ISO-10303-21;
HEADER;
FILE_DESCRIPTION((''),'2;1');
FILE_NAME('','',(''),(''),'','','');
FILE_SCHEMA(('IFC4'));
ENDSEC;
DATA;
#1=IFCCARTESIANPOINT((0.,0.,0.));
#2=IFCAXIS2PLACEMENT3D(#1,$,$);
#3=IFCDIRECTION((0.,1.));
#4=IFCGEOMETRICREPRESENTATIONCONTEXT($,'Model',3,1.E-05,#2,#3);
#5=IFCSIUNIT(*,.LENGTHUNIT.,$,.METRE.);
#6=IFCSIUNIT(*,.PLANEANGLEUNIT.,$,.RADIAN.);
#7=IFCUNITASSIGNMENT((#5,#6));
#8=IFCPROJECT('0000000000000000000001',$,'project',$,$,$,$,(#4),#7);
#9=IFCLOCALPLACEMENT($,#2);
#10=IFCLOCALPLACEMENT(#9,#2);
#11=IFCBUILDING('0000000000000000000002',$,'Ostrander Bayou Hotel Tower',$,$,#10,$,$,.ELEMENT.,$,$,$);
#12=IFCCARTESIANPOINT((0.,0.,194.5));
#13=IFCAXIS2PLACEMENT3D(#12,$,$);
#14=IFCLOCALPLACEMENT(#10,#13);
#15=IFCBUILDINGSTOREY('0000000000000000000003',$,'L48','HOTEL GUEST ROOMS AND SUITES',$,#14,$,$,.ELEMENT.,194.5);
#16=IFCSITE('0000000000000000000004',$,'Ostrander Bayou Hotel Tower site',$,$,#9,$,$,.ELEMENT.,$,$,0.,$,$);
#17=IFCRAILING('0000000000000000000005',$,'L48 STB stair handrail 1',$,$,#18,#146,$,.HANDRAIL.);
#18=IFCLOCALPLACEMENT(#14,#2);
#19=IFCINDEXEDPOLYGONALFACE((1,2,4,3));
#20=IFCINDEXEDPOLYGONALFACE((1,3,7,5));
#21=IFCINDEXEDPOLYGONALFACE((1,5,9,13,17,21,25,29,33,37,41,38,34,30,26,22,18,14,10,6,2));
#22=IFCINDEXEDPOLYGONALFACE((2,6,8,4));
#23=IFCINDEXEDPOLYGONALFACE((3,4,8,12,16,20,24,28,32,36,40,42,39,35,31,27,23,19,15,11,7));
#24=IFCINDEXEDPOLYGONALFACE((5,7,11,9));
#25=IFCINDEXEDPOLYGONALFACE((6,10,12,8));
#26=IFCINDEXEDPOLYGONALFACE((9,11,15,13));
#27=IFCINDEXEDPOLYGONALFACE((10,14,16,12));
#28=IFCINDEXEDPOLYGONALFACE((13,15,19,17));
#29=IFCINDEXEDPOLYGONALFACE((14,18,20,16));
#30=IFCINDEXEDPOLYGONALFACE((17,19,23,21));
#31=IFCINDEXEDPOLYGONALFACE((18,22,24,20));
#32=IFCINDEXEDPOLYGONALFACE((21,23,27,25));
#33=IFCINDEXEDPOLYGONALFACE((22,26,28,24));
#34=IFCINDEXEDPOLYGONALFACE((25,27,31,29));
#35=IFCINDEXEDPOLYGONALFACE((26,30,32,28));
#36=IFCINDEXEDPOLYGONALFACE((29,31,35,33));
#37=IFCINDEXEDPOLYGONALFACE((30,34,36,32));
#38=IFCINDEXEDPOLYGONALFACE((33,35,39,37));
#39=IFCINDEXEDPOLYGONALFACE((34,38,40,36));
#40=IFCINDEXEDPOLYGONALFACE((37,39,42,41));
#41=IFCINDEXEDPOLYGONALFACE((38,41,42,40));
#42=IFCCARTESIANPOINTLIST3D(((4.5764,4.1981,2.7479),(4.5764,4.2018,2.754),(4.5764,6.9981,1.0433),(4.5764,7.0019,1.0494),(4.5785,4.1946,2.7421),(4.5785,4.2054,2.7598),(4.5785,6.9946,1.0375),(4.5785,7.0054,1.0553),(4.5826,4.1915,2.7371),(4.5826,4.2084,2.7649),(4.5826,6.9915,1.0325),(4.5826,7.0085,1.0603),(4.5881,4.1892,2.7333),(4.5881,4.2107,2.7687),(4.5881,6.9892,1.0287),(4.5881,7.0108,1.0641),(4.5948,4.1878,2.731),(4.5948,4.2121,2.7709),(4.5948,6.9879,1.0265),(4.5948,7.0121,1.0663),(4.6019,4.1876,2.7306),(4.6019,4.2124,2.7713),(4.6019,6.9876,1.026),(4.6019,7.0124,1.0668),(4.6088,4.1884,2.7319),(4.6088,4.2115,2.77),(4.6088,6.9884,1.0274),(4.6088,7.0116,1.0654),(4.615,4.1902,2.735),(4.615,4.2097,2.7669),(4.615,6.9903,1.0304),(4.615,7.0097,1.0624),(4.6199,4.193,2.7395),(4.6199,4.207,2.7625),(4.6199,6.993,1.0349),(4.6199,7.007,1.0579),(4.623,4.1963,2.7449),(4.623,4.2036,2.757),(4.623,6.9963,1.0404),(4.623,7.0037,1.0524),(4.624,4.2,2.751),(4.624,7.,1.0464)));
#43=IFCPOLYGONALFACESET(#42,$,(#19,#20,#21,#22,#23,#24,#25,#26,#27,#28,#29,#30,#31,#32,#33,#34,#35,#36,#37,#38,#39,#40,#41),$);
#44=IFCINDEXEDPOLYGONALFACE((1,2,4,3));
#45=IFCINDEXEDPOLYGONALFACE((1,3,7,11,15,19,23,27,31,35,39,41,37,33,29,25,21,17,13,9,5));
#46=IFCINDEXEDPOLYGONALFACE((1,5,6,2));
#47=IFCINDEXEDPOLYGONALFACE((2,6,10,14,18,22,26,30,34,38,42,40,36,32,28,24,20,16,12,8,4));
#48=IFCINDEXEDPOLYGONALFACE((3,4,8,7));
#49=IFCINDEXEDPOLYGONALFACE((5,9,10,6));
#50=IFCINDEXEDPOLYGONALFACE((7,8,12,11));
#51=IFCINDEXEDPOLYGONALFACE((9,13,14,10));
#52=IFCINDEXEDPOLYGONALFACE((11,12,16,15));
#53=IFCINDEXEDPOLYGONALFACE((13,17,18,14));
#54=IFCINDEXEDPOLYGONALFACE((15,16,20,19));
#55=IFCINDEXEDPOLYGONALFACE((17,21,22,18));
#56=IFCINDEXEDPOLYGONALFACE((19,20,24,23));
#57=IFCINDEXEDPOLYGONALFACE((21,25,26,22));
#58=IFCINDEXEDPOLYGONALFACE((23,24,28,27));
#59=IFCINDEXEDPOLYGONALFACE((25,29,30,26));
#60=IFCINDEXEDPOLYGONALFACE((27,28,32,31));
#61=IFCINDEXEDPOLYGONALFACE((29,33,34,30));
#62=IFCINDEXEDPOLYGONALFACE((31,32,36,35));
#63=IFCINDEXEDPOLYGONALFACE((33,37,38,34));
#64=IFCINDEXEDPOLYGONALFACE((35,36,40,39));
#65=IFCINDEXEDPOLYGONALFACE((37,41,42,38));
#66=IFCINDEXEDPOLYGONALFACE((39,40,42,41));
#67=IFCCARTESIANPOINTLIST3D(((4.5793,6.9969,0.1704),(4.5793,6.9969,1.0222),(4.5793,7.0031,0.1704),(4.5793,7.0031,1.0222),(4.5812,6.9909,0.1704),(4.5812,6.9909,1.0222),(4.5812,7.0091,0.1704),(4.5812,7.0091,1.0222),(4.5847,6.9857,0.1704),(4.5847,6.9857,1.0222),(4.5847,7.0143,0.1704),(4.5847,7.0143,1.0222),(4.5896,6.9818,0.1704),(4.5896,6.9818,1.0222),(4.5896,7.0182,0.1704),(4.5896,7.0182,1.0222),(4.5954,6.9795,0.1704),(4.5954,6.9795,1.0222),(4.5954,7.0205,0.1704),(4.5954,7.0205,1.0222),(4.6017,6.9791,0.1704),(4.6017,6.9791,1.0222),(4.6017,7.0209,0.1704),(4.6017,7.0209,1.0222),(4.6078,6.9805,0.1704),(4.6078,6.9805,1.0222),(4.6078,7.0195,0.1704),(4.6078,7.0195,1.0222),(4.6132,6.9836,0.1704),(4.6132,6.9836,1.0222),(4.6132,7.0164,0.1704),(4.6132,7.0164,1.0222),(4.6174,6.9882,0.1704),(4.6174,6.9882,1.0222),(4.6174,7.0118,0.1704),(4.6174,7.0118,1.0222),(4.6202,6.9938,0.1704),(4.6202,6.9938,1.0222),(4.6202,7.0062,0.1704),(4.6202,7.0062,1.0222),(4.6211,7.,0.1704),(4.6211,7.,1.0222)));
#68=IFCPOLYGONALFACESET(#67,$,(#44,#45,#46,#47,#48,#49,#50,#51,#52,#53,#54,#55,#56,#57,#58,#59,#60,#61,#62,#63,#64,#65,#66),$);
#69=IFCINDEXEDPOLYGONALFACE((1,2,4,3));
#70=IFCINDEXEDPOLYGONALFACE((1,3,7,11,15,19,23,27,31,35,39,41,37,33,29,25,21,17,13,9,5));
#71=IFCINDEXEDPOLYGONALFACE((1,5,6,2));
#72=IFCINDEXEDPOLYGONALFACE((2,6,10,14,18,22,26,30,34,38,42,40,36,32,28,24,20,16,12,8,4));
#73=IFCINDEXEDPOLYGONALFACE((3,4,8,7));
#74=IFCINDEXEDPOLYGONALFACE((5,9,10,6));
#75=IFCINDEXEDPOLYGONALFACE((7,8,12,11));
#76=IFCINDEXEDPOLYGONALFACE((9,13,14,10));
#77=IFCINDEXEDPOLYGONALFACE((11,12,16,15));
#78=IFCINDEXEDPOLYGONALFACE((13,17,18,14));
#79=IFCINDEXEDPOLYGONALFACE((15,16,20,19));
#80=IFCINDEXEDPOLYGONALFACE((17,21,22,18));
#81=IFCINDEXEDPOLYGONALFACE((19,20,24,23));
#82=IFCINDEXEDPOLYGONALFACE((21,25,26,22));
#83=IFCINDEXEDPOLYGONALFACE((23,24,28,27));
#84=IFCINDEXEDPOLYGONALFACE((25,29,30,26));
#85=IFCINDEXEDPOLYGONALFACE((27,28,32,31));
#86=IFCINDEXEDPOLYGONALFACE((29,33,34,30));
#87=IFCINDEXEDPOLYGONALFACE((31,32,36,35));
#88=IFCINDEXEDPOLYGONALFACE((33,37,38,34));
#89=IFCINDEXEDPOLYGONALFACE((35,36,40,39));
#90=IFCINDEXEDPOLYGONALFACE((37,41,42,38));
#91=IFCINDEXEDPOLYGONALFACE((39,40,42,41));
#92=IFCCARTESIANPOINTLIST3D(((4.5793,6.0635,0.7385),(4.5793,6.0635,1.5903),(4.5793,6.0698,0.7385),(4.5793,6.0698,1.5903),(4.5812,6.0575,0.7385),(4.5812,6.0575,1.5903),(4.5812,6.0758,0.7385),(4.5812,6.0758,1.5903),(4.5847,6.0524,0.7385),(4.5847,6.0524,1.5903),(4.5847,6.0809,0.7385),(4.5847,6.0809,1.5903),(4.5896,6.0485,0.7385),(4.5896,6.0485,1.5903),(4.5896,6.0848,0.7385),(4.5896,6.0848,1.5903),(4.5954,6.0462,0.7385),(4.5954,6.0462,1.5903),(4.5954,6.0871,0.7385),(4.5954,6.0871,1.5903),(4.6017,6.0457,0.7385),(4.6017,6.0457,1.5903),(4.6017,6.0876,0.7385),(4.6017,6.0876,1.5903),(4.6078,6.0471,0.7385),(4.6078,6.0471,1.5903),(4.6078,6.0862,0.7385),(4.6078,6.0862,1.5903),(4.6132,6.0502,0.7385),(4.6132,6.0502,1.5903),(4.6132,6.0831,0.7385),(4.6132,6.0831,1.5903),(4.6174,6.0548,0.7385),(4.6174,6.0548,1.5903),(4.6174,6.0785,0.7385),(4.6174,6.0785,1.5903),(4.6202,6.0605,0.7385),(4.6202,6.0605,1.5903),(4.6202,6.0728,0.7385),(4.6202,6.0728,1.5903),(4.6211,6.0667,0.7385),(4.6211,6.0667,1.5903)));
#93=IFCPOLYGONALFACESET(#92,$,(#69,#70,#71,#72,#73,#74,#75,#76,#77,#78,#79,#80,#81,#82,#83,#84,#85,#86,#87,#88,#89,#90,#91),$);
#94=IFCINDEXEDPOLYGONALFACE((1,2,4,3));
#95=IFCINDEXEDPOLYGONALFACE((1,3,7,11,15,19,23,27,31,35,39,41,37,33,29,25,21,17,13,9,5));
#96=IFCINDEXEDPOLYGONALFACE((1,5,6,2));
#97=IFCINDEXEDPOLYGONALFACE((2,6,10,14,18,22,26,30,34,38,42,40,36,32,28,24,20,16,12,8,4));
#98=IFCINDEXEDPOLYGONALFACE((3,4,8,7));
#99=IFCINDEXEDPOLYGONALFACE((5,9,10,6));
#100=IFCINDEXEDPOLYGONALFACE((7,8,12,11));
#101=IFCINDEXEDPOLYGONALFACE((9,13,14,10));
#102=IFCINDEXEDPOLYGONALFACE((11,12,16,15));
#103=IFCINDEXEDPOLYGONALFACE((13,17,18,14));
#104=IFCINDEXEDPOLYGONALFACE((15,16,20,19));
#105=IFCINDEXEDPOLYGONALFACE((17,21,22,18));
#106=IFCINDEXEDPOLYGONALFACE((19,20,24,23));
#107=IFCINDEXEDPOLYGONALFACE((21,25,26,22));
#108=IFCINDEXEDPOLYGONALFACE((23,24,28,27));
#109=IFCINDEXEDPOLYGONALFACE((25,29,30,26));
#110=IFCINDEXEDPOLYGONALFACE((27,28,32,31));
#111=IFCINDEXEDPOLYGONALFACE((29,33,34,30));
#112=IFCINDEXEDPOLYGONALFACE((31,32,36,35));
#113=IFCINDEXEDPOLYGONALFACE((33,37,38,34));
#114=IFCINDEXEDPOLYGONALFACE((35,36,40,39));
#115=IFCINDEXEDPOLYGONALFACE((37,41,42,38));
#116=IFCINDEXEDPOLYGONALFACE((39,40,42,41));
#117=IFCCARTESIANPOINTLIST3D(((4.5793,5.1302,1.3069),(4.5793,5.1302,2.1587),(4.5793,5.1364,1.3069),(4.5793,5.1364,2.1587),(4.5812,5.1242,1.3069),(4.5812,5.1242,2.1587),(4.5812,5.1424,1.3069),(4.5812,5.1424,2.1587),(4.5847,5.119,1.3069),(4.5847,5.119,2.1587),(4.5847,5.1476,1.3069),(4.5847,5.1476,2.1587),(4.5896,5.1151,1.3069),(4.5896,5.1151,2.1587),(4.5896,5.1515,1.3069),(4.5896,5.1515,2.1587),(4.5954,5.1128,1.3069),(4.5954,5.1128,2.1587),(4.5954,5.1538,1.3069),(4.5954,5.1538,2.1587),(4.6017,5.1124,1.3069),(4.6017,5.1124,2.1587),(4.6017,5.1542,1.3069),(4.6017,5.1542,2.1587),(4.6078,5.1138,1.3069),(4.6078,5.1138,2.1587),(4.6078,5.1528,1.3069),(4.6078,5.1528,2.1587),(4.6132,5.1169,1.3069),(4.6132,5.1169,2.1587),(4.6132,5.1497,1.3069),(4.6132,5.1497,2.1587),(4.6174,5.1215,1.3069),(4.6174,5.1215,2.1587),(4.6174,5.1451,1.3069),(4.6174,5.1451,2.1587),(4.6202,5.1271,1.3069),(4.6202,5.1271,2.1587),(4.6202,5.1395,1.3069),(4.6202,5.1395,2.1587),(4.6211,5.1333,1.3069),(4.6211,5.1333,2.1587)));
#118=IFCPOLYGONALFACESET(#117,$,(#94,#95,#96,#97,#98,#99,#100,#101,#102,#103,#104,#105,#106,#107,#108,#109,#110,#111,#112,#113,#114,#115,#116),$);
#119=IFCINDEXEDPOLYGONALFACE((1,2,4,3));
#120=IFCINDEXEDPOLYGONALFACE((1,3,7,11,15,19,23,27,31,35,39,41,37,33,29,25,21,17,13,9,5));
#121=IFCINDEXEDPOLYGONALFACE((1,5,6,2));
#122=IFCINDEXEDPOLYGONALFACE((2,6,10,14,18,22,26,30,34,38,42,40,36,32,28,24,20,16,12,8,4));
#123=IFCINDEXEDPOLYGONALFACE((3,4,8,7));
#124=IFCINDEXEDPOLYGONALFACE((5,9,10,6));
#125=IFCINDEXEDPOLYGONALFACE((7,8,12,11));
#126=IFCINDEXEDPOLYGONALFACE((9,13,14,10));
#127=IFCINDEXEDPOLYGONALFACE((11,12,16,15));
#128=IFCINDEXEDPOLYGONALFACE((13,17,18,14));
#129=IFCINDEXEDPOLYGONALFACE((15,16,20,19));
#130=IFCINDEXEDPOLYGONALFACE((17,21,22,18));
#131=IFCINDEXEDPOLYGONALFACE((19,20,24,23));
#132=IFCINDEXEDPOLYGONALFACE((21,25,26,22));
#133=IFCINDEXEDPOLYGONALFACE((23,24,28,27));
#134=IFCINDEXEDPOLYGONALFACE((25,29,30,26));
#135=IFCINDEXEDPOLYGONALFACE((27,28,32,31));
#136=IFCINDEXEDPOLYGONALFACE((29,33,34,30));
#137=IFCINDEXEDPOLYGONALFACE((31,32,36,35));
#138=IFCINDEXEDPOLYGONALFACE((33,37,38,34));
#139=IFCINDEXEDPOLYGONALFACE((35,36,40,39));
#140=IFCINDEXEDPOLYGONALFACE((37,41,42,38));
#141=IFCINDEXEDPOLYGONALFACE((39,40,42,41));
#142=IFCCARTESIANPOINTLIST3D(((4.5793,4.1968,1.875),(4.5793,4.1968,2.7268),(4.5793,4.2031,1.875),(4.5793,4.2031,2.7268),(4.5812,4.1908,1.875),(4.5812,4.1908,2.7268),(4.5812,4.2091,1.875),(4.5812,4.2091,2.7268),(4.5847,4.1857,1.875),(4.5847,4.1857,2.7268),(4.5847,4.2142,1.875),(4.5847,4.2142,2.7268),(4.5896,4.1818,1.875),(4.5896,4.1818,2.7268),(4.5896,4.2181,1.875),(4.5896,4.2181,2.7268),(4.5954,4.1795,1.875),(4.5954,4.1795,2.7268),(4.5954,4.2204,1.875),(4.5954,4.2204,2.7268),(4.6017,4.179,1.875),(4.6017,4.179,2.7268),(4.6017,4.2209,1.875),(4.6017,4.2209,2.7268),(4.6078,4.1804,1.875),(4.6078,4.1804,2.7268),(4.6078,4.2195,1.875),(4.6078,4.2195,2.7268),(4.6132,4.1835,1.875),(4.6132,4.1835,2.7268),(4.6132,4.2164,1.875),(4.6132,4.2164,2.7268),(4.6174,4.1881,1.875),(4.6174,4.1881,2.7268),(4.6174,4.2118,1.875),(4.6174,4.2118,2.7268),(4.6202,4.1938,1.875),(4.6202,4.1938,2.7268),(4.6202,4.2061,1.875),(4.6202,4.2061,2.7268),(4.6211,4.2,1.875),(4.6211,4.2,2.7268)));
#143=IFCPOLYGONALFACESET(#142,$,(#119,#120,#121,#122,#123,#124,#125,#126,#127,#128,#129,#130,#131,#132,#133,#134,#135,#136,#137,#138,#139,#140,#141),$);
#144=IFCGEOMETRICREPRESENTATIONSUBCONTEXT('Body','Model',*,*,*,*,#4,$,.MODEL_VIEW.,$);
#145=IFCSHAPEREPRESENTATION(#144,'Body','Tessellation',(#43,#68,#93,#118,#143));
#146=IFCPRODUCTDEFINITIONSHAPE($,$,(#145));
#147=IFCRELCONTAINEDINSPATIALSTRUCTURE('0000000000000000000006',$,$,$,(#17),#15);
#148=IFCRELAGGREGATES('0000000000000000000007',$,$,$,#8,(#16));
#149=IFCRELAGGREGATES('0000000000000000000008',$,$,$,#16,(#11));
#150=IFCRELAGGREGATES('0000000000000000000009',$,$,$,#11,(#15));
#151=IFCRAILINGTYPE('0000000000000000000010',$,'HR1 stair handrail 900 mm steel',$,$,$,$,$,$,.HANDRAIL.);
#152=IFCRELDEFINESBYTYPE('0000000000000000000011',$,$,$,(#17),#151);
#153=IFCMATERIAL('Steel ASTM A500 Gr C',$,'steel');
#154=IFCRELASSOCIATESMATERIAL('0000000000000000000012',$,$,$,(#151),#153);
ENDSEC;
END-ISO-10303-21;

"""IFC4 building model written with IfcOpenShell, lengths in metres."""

from ifc_helpers import new_model, si_unit, direction, frame, origin, origin_2d, place, context, subcontext, project, spatial, circle, extrude, material, type_object, element, save


model = new_model("IFC4")

# Units and contexts
model_context = context("Model", 3, precision=1e-05, world=origin(), true_north=direction((0.0, 1.0)))
body_context = subcontext(model_context, "Body", "Model", "MODEL_VIEW")
ifc_project = project(units=[si_unit("LENGTHUNIT", "METRE"), si_unit("PLANEANGLEUNIT", "RADIAN")], contexts=[model_context])

# Site, building, storey
site_placement = place(None, origin())
site = spatial("IfcSite", under=ifc_project, at=site_placement, Name="Ostrander Bayou Hotel Tower site", CompositionType="ELEMENT", RefElevation=0.0)
building_placement = place(site_placement, origin())
building = spatial("IfcBuilding", under=site, at=building_placement, Name="Ostrander Bayou Hotel Tower", CompositionType="ELEMENT")
storey_placement = place(building_placement, frame((0.0, 0.0, 194.5)))
storey = spatial("IfcBuildingStorey", under=building, at=storey_placement, Name="L48", Description="HOTEL GUEST ROOMS AND SUITES", CompositionType="ELEMENT", Elevation=194.5)

# Railing
ifc_material_1 = material(Name="Steel ASTM A500 Gr C", Category="steel")
railing_type_1 = type_object("IfcRailingType", Name="HR1 stair handrail 900 mm steel", PredefinedType="HANDRAIL", material=ifc_material_1)
railing_1_placement = place(storey_placement, frame((4.6001, 7.0, 0.1704)))
element("IfcRailing", 1, at=railing_1_placement, inside=storey, type_object=railing_type_1, Name="L48 STB stair handrail 1", PredefinedType="HANDRAIL", context=body_context, shape_type="SweptSolid", body=[
    extrude(circle(Radius=0.0239, at=origin_2d()), frame((0.0, 0.0, 0.876), z_axis=(0.0, -0.85417, 0.519994), x_axis=(1.0, 0.0, 0.0)), (0.0, 0.0, 1.0), 3.2781),
    extrude(circle(Radius=0.021, at=origin_2d()), origin(), (0.0, 0.0, 1.0), 0.8518),
    extrude(circle(Radius=0.021, at=origin_2d()), frame((0.0, -0.9333, 0.5681)), (0.0, 0.0, 1.0), 0.8518),
    extrude(circle(Radius=0.021, at=origin_2d()), frame((0.0, -1.8667, 1.1365)), (0.0, 0.0, 1.0), 0.8518),
    extrude(circle(Radius=0.021, at=origin_2d()), frame((0.0, -2.8, 1.7046)), (0.0, 0.0, 1.0), 0.8518),
])

save(model, "model.ifc")
